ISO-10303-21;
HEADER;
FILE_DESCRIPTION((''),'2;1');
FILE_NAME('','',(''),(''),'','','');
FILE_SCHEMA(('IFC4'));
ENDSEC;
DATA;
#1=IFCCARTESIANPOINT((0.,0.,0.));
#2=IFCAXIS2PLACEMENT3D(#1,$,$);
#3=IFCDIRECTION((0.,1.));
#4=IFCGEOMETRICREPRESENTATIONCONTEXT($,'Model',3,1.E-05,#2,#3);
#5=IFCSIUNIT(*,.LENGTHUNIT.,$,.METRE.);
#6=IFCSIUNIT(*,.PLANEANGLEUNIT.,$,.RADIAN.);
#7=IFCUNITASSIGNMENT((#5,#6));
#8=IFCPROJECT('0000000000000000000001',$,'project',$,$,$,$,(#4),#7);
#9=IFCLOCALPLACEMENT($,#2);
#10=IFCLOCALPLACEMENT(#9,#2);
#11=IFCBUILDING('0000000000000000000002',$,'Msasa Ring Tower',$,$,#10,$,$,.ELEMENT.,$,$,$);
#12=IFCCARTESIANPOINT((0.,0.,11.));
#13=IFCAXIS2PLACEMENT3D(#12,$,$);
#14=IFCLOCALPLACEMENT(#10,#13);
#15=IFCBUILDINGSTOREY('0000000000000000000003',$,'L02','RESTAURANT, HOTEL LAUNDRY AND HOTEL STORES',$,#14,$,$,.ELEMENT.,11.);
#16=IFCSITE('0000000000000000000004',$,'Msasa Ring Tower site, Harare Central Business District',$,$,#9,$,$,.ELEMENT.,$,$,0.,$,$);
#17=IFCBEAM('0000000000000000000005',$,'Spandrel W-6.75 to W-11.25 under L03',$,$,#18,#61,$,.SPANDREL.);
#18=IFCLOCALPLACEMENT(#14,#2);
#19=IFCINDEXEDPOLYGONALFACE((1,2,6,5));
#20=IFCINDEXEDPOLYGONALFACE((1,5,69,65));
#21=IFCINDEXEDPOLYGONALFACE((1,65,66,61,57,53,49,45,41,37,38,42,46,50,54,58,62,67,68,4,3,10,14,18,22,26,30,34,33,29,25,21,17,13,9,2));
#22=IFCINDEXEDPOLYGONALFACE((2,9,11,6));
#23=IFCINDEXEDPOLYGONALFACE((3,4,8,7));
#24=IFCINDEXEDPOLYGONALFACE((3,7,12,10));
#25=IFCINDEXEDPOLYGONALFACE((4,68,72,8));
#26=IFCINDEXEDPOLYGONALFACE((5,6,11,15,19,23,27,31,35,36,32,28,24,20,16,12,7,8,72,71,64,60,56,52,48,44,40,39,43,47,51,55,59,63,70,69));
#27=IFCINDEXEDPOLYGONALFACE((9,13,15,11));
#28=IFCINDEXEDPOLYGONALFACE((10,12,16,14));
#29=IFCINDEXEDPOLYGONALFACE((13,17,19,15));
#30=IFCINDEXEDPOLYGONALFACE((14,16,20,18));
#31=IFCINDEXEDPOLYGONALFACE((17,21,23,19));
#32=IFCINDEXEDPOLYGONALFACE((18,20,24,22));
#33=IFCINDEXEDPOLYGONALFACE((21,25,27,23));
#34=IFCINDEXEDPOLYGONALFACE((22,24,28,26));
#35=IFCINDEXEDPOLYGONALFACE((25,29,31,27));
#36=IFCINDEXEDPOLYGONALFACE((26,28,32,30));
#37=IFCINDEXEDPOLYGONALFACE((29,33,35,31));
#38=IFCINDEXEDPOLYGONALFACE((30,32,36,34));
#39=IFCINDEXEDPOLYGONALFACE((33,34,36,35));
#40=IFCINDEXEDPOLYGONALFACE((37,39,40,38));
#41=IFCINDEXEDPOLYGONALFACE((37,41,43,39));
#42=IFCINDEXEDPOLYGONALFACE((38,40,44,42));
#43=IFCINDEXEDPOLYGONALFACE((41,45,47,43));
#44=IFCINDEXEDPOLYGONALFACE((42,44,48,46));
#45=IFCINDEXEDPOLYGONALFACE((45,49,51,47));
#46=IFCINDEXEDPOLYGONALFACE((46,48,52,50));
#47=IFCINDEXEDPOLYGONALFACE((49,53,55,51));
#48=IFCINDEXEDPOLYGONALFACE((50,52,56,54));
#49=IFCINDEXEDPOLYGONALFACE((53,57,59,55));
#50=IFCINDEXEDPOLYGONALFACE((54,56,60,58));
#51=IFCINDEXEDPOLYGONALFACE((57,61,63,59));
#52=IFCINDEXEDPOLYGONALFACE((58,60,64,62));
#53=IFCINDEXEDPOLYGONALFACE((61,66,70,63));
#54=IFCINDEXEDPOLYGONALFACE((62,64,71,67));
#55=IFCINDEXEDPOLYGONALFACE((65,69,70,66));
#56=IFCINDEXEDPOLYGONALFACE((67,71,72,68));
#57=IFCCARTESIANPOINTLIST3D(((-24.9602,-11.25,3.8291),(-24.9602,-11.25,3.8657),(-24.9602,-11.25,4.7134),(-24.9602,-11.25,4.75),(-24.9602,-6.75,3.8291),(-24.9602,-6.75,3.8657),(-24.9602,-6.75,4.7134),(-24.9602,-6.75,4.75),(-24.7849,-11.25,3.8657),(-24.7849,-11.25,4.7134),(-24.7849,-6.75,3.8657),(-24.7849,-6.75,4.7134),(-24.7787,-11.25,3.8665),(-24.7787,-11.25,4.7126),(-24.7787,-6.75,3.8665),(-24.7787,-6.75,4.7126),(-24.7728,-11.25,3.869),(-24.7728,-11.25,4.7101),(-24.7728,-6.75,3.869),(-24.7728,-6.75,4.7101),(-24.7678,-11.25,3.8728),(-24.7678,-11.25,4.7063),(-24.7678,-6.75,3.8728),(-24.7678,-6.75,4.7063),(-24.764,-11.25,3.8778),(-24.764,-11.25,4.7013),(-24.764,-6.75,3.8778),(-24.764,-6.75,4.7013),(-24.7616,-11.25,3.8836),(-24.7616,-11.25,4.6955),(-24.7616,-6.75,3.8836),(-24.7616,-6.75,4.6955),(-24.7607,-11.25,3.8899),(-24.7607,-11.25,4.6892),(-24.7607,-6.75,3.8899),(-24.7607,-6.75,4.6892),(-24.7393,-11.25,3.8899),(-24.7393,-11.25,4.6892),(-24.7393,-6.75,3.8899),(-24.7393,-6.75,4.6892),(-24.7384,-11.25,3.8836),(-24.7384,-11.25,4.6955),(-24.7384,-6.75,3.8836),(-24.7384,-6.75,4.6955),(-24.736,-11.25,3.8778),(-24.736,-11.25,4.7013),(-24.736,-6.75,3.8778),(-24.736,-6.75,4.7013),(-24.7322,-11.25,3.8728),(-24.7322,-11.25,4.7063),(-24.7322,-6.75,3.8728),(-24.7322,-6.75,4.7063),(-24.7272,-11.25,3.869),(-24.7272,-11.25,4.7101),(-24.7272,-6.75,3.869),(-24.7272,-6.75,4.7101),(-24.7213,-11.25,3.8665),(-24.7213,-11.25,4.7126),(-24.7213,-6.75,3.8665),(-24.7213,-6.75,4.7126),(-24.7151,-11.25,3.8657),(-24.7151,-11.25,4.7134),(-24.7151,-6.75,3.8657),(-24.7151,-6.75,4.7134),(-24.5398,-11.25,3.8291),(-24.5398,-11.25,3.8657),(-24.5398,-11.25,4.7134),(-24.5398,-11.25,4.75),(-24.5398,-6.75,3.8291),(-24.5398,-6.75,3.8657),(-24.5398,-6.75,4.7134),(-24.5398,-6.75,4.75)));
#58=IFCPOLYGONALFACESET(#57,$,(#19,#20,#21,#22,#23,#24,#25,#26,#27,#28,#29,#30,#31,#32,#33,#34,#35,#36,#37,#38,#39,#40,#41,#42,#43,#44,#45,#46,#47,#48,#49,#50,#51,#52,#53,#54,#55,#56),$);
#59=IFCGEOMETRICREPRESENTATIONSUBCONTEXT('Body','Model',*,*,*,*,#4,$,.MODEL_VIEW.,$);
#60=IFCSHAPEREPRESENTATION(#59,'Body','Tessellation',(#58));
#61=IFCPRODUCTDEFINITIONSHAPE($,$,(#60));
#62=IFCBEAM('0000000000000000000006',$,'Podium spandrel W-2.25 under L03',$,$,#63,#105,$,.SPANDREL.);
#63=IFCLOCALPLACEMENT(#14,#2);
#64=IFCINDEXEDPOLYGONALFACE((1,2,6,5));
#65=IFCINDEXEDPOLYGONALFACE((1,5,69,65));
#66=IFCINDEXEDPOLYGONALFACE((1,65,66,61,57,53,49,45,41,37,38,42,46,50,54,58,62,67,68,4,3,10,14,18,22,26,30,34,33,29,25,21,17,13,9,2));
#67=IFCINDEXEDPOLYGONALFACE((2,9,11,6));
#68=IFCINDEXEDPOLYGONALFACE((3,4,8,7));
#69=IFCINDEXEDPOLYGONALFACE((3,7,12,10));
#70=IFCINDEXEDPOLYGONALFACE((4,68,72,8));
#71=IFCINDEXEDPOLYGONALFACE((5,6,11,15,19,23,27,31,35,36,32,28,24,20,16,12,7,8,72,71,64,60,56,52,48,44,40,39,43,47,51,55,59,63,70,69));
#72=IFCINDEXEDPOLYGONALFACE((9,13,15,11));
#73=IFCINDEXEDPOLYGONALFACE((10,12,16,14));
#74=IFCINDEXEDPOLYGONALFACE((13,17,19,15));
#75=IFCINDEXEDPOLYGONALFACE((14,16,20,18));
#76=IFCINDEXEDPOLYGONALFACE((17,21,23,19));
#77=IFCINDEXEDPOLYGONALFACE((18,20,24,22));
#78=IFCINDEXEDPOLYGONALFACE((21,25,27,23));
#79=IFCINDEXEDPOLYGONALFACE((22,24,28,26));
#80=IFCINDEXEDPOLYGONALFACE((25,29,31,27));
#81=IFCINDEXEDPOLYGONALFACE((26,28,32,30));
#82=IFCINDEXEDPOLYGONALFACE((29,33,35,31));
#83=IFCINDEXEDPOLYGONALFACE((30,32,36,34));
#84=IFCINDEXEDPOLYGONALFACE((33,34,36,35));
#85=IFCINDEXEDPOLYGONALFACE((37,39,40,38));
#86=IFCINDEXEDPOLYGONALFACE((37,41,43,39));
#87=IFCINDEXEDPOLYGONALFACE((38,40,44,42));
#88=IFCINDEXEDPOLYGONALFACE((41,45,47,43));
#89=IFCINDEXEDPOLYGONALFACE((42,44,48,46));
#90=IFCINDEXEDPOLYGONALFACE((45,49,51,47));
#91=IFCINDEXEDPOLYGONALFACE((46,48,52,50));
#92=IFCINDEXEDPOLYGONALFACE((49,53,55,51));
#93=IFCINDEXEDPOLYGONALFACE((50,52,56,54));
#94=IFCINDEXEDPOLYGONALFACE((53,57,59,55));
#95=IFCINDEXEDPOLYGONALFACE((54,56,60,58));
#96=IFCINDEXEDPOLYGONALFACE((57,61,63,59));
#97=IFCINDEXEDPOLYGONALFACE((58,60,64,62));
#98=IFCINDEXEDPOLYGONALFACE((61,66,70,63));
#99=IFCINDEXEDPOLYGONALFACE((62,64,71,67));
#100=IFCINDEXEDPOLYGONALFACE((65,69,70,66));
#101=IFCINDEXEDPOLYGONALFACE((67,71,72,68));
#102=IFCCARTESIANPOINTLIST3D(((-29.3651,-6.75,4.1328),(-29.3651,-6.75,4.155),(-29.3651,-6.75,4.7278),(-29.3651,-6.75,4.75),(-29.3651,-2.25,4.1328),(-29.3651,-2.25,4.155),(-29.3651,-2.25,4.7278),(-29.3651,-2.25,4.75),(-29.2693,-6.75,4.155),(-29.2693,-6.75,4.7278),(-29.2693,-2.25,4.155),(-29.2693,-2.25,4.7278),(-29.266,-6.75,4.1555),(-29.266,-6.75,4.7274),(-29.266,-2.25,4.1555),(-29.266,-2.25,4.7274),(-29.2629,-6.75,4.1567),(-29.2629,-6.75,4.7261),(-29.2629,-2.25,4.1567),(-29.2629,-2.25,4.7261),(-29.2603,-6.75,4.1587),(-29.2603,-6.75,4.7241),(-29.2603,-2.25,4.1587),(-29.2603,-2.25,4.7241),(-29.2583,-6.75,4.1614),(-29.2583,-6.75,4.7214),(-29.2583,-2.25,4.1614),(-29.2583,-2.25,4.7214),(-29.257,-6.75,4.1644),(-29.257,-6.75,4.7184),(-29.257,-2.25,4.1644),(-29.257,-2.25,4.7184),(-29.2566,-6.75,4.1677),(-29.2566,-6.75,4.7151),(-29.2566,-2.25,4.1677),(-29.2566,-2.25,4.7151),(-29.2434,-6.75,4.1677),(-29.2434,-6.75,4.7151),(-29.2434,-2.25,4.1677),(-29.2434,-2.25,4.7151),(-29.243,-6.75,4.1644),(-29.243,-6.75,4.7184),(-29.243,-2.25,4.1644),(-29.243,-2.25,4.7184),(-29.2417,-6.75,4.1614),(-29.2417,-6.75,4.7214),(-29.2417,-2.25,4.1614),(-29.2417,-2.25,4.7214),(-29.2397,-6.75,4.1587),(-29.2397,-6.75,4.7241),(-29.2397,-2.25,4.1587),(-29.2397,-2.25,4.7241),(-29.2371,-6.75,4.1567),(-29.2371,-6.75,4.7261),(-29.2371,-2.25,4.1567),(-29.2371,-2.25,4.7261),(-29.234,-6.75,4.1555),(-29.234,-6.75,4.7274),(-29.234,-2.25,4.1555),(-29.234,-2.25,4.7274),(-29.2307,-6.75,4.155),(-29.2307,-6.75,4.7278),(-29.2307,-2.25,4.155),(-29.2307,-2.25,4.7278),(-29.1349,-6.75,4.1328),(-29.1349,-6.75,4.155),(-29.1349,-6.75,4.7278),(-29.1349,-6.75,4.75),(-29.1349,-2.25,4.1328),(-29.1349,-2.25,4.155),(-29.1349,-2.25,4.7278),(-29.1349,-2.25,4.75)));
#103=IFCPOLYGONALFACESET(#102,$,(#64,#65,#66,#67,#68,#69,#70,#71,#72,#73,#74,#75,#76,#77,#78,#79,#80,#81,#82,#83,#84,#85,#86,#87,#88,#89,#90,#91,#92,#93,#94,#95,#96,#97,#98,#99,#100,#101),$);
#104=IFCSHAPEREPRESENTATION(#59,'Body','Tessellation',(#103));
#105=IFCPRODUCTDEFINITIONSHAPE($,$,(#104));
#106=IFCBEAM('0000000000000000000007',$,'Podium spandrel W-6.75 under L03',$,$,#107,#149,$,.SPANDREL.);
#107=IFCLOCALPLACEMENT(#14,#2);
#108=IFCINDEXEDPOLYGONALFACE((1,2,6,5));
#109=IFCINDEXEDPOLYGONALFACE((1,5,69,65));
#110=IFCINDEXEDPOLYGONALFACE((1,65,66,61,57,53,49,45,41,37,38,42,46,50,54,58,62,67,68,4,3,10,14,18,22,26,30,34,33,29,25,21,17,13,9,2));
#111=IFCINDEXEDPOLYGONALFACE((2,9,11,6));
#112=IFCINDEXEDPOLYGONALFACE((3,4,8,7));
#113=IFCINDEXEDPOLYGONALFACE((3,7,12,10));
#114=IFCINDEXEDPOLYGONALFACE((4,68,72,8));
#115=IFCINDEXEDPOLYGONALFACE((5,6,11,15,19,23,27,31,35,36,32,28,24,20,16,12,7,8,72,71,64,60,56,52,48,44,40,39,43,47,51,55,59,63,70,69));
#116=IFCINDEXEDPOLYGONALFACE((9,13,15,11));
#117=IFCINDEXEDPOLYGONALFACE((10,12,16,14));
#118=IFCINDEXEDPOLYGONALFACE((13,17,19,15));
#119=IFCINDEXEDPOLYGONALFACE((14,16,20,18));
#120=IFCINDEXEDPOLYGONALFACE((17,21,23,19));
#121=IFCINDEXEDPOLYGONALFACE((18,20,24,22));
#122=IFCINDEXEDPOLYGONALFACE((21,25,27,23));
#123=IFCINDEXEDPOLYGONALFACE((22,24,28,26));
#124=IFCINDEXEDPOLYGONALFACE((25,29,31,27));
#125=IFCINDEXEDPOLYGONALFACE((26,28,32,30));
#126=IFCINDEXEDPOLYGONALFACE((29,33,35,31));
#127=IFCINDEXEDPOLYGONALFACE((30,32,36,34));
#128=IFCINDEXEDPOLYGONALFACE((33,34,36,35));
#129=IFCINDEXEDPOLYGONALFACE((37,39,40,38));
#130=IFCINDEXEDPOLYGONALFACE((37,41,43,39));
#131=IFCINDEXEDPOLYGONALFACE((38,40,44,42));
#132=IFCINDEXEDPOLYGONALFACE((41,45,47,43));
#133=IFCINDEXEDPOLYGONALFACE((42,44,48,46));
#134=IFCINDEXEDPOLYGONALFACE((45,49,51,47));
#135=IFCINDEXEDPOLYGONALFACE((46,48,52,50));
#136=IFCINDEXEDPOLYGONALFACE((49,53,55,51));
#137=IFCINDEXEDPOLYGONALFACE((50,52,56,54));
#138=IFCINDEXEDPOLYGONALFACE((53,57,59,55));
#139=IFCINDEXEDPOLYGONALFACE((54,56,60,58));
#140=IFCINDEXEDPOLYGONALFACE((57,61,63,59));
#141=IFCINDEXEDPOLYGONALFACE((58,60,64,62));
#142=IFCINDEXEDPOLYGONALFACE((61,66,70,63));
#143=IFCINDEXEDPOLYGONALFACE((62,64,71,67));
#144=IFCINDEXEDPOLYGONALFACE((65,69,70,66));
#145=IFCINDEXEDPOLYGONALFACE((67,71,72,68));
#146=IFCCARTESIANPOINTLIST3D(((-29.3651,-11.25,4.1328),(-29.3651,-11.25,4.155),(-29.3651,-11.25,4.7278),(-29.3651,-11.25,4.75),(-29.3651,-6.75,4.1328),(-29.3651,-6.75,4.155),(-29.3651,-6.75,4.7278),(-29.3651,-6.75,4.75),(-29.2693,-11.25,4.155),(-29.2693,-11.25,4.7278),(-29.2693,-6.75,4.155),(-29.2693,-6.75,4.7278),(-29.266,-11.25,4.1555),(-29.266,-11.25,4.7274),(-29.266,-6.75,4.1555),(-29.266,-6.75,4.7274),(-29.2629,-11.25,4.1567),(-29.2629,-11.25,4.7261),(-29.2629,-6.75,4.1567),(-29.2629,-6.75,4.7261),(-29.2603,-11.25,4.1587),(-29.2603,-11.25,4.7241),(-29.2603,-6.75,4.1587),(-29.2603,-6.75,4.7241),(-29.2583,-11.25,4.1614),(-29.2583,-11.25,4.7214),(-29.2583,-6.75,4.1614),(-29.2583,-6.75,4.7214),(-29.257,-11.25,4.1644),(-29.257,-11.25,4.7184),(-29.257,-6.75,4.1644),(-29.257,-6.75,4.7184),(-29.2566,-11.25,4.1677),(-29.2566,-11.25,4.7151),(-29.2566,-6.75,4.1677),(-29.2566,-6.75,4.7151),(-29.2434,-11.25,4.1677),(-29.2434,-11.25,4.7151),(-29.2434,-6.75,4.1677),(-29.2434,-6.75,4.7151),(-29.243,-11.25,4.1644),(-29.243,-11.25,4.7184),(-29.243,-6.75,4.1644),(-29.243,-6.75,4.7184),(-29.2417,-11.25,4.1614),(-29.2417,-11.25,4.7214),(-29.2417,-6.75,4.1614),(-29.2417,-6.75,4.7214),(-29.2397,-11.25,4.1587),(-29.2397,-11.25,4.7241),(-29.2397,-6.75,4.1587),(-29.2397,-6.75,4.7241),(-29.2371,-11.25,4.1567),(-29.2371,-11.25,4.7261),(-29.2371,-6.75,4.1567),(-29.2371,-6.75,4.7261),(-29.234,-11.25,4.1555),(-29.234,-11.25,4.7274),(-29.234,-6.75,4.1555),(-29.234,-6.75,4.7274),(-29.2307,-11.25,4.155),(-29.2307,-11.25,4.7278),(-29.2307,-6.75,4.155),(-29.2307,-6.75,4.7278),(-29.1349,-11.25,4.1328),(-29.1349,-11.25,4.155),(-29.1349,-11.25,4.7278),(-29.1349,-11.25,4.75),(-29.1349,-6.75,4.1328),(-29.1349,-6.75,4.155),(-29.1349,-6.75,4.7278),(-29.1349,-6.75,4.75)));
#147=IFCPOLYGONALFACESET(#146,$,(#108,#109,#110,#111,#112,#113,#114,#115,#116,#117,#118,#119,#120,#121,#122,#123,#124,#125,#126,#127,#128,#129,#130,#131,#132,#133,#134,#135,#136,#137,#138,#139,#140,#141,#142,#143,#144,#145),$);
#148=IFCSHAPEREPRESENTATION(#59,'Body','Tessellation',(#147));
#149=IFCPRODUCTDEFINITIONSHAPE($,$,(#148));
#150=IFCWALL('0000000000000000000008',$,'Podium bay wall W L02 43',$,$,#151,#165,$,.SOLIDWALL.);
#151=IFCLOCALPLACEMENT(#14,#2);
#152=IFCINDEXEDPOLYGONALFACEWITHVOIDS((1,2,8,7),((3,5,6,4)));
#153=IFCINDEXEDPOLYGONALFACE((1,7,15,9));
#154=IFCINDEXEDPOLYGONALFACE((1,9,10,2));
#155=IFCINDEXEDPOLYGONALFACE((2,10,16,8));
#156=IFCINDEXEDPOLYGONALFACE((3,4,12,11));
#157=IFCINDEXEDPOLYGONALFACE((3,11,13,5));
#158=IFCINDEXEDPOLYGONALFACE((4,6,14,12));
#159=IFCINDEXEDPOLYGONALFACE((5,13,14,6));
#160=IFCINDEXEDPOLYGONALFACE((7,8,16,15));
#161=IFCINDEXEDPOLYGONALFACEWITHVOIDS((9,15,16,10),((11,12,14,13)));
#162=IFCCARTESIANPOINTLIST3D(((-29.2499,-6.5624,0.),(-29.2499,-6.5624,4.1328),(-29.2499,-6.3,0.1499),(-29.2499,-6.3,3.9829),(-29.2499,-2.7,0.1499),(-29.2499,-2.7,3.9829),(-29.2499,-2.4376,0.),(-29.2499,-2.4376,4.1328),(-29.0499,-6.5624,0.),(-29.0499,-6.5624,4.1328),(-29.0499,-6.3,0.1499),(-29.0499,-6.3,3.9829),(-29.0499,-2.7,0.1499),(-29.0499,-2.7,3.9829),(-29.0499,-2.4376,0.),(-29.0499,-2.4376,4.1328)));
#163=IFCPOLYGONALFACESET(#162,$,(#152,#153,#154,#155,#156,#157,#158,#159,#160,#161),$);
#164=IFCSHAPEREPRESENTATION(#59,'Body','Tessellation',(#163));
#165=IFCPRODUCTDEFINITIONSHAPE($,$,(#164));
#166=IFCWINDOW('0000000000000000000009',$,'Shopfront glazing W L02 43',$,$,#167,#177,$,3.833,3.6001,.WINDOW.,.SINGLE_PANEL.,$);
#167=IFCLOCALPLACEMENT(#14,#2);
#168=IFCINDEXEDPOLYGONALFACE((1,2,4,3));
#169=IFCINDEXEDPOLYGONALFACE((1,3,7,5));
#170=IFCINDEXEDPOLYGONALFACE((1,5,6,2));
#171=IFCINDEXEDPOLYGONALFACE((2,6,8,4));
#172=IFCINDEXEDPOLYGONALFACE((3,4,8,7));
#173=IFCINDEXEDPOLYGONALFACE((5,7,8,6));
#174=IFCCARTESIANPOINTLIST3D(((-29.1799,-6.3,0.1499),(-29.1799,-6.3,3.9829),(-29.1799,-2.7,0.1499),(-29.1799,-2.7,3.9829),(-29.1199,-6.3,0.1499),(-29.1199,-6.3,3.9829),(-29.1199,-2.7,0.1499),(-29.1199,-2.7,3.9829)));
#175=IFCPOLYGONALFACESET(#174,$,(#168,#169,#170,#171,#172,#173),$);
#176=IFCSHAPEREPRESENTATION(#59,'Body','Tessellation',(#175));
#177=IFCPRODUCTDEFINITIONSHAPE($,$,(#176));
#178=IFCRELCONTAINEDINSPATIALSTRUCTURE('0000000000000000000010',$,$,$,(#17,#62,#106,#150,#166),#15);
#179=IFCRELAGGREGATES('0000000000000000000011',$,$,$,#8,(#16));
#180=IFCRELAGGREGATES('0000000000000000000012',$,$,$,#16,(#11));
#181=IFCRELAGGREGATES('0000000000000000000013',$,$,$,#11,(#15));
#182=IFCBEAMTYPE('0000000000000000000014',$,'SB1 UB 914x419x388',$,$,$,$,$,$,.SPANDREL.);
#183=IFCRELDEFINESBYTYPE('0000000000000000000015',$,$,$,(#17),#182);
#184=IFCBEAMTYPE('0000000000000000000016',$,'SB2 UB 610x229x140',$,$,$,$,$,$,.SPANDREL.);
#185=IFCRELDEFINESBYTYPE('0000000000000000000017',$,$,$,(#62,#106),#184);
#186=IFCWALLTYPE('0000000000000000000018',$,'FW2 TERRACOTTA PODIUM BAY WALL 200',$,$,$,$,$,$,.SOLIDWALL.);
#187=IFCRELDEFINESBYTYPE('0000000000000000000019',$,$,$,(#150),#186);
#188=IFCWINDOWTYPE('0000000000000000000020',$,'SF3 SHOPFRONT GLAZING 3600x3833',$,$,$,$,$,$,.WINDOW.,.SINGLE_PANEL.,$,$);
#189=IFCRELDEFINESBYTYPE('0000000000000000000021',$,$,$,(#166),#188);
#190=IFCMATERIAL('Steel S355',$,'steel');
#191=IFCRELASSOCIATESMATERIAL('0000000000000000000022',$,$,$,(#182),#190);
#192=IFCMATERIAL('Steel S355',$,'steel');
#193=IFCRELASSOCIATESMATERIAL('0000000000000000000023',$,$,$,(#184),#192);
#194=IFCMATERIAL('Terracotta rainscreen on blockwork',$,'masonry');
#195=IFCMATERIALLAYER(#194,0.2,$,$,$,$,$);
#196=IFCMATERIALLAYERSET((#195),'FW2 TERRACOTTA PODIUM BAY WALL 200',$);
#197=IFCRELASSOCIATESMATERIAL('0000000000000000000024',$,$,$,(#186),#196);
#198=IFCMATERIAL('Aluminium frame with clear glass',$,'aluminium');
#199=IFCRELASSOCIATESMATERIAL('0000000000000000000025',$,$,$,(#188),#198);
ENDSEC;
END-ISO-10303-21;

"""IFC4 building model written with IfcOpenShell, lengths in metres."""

from ifc_helpers import new_model, si_unit, direction, frame, frame_2d, origin, origin_2d, place, context, subcontext, project, spatial, rectangle, i_section, extrude, material, layer, layer_set, material_profile, profile_set, type_object, element, fill, save


model = new_model("IFC4")

# Units and contexts
model_context = context("Model", 3, precision=1e-05, world=origin(), true_north=direction((0.0, 1.0)))
body_context = subcontext(model_context, "Body", "Model", "MODEL_VIEW")
ifc_project = project(units=[si_unit("LENGTHUNIT", "METRE"), si_unit("PLANEANGLEUNIT", "RADIAN")], contexts=[model_context])

# Site, building, storey
site_placement = place(None, origin())
site = spatial("IfcSite", under=ifc_project, at=site_placement, Name="Msasa Ring Tower site, Harare Central Business District", CompositionType="ELEMENT", RefElevation=0.0)
building_placement = place(site_placement, origin())
building = spatial("IfcBuilding", under=site, at=building_placement, Name="Msasa Ring Tower", CompositionType="ELEMENT")
storey_placement = place(building_placement, frame((0.0, 0.0, 11.0)))
storey = spatial("IfcBuildingStorey", under=building, at=storey_placement, Name="L02", Description="RESTAURANT, HOTEL LAUNDRY AND HOTEL STORES", CompositionType="ELEMENT", Elevation=11.0)

# Beams
ifc_material_1 = material(Name="Steel S355", Category="steel")
ifc_material_profile_1 = material_profile(ifc_material_1, i_section(OverallWidth=0.4204, OverallDepth=0.9209, WebThickness=0.0215, FlangeThickness=0.0366, FilletRadius=0.0242, at=origin_2d()), Name="UB 914x419x388")
ifc_profile_set_1 = profile_set([ifc_material_profile_1], Name="Steel S355")
beam_type_1 = type_object("IfcBeamType", Name="SB1 UB 914x419x388", PredefinedType="SPANDREL", material=ifc_profile_set_1)
beam_placement = place(storey_placement, frame((-24.75, -6.75, 4.2896), z_axis=(0.0, -1.0, 0.0), x_axis=(1.0, 0.0, 0.0)))
element("IfcBeam", 1, at=beam_placement, inside=storey, type_object=beam_type_1, Name="Spandrel W-6.75 to W-11.25 under L03", PredefinedType="SPANDREL", context=body_context, shape_type="SweptSolid", body=[
    extrude(i_section(OverallWidth=0.4204, OverallDepth=0.9209, WebThickness=0.0215, FlangeThickness=0.0366, FilletRadius=0.0242, at=origin_2d()), origin(), (0.0, 0.0, 1.0), 4.5),
])
ifc_material_2 = material(Name="Steel S355", Category="steel")
ifc_material_profile_2 = material_profile(ifc_material_2, i_section(OverallWidth=0.2302, OverallDepth=0.6172, WebThickness=0.0132, FlangeThickness=0.0222, FilletRadius=0.0127, at=origin_2d()), Name="UB 610x229x140")
ifc_profile_set_2 = profile_set([ifc_material_profile_2], Name="Steel S355")
beam_type_2 = type_object("IfcBeamType", Name="SB2 UB 610x229x140", PredefinedType="SPANDREL", material=ifc_profile_set_2)
for number, where, z_axis, x_axis, name in (
    (2, (-29.25, -2.25, 4.4414), (0.0, -1.0, 0.0), (1.0, 0.0, 0.0), "Podium spandrel W-2.25 under L03"),
    (3, (-29.25, -6.75, 4.4414), (0.0, -1.0, 0.0), (1.0, 0.0, 0.0), "Podium spandrel W-6.75 under L03"),
):
    element("IfcBeam", number, at=place(storey_placement, frame(where, z_axis=z_axis, x_axis=x_axis)), inside=storey, type_object=beam_type_2, Name=name, PredefinedType="SPANDREL", context=body_context, shape_type="SweptSolid", body=[
        extrude(i_section(OverallWidth=0.2302, OverallDepth=0.6172, WebThickness=0.0132, FlangeThickness=0.0222, FilletRadius=0.0127, at=origin_2d()), origin(), (0.0, 0.0, 1.0), 4.5),
    ])

# Wall, opening, window
ifc_material_3 = material(Name="Terracotta rainscreen on blockwork", Category="masonry")
ifc_layer = layer(ifc_material_3, 0.2)
ifc_layer_set = layer_set([ifc_layer], Name="FW2 TERRACOTTA PODIUM BAY WALL 200")
wall_type = type_object("IfcWallType", Name="FW2 TERRACOTTA PODIUM BAY WALL 200", PredefinedType="SOLIDWALL", material=ifc_layer_set)
wall_1_placement = place(storey_placement, frame((-29.1499, -6.5625, 0.0), z_axis=(0.0, 0.0, 1.0), x_axis=(0.0, 1.0, 0.0)))
wall_1 = element("IfcWall", 4, at=wall_1_placement, inside=storey, type_object=wall_type, Name="Podium bay wall W L02 43", PredefinedType="SOLIDWALL", context=body_context, shape_type="SweptSolid", body=[
    extrude(rectangle(XDim=4.1248, YDim=0.2, at=frame_2d((2.0625, 0.0))), origin(), (0.0, 0.0, 1.0), 4.1328),
])
opening_1_placement = place(wall_1_placement, frame((0.2625, 0.0, 0.1499)))
opening_1 = element("IfcOpeningElement", 5, at=opening_1_placement, cuts=wall_1, PredefinedType="OPENING", context=body_context, shape_type="SweptSolid", body=[
    extrude(rectangle(XDim=3.6001, YDim=3.833, at=frame_2d((1.8, 1.9165))), frame((0.0, 0.1099, 0.0), z_axis=(0.0, -1.0, 0.0), x_axis=(1.0, 0.0, 0.0)), (0.0, 0.0, 1.0), 0.22),
])
ifc_material_4 = material(Name="Aluminium frame with clear glass", Category="aluminium")
window_type = type_object("IfcWindowType", Name="SF3 SHOPFRONT GLAZING 3600x3833", PartitioningType="SINGLE_PANEL", PredefinedType="WINDOW", material=ifc_material_4)
window_1_placement = place(opening_1_placement, origin())
window_1 = element("IfcWindow", 6, at=window_1_placement, inside=storey, type_object=window_type, Name="Shopfront glazing W L02 43", OverallHeight=3.833, OverallWidth=3.6001, PartitioningType="SINGLE_PANEL", PredefinedType="WINDOW", context=body_context, shape_type="SweptSolid", body=[
    extrude(rectangle(XDim=3.6001, YDim=3.833, at=frame_2d((1.8, 1.9165))), frame((0.0, 0.03, 0.0), z_axis=(0.0, -1.0, 0.0), x_axis=(1.0, 0.0, 0.0)), (0.0, 0.0, 1.0), 0.0601),
])
fill(opening_1, window_1)

save(model, "model.ifc")
